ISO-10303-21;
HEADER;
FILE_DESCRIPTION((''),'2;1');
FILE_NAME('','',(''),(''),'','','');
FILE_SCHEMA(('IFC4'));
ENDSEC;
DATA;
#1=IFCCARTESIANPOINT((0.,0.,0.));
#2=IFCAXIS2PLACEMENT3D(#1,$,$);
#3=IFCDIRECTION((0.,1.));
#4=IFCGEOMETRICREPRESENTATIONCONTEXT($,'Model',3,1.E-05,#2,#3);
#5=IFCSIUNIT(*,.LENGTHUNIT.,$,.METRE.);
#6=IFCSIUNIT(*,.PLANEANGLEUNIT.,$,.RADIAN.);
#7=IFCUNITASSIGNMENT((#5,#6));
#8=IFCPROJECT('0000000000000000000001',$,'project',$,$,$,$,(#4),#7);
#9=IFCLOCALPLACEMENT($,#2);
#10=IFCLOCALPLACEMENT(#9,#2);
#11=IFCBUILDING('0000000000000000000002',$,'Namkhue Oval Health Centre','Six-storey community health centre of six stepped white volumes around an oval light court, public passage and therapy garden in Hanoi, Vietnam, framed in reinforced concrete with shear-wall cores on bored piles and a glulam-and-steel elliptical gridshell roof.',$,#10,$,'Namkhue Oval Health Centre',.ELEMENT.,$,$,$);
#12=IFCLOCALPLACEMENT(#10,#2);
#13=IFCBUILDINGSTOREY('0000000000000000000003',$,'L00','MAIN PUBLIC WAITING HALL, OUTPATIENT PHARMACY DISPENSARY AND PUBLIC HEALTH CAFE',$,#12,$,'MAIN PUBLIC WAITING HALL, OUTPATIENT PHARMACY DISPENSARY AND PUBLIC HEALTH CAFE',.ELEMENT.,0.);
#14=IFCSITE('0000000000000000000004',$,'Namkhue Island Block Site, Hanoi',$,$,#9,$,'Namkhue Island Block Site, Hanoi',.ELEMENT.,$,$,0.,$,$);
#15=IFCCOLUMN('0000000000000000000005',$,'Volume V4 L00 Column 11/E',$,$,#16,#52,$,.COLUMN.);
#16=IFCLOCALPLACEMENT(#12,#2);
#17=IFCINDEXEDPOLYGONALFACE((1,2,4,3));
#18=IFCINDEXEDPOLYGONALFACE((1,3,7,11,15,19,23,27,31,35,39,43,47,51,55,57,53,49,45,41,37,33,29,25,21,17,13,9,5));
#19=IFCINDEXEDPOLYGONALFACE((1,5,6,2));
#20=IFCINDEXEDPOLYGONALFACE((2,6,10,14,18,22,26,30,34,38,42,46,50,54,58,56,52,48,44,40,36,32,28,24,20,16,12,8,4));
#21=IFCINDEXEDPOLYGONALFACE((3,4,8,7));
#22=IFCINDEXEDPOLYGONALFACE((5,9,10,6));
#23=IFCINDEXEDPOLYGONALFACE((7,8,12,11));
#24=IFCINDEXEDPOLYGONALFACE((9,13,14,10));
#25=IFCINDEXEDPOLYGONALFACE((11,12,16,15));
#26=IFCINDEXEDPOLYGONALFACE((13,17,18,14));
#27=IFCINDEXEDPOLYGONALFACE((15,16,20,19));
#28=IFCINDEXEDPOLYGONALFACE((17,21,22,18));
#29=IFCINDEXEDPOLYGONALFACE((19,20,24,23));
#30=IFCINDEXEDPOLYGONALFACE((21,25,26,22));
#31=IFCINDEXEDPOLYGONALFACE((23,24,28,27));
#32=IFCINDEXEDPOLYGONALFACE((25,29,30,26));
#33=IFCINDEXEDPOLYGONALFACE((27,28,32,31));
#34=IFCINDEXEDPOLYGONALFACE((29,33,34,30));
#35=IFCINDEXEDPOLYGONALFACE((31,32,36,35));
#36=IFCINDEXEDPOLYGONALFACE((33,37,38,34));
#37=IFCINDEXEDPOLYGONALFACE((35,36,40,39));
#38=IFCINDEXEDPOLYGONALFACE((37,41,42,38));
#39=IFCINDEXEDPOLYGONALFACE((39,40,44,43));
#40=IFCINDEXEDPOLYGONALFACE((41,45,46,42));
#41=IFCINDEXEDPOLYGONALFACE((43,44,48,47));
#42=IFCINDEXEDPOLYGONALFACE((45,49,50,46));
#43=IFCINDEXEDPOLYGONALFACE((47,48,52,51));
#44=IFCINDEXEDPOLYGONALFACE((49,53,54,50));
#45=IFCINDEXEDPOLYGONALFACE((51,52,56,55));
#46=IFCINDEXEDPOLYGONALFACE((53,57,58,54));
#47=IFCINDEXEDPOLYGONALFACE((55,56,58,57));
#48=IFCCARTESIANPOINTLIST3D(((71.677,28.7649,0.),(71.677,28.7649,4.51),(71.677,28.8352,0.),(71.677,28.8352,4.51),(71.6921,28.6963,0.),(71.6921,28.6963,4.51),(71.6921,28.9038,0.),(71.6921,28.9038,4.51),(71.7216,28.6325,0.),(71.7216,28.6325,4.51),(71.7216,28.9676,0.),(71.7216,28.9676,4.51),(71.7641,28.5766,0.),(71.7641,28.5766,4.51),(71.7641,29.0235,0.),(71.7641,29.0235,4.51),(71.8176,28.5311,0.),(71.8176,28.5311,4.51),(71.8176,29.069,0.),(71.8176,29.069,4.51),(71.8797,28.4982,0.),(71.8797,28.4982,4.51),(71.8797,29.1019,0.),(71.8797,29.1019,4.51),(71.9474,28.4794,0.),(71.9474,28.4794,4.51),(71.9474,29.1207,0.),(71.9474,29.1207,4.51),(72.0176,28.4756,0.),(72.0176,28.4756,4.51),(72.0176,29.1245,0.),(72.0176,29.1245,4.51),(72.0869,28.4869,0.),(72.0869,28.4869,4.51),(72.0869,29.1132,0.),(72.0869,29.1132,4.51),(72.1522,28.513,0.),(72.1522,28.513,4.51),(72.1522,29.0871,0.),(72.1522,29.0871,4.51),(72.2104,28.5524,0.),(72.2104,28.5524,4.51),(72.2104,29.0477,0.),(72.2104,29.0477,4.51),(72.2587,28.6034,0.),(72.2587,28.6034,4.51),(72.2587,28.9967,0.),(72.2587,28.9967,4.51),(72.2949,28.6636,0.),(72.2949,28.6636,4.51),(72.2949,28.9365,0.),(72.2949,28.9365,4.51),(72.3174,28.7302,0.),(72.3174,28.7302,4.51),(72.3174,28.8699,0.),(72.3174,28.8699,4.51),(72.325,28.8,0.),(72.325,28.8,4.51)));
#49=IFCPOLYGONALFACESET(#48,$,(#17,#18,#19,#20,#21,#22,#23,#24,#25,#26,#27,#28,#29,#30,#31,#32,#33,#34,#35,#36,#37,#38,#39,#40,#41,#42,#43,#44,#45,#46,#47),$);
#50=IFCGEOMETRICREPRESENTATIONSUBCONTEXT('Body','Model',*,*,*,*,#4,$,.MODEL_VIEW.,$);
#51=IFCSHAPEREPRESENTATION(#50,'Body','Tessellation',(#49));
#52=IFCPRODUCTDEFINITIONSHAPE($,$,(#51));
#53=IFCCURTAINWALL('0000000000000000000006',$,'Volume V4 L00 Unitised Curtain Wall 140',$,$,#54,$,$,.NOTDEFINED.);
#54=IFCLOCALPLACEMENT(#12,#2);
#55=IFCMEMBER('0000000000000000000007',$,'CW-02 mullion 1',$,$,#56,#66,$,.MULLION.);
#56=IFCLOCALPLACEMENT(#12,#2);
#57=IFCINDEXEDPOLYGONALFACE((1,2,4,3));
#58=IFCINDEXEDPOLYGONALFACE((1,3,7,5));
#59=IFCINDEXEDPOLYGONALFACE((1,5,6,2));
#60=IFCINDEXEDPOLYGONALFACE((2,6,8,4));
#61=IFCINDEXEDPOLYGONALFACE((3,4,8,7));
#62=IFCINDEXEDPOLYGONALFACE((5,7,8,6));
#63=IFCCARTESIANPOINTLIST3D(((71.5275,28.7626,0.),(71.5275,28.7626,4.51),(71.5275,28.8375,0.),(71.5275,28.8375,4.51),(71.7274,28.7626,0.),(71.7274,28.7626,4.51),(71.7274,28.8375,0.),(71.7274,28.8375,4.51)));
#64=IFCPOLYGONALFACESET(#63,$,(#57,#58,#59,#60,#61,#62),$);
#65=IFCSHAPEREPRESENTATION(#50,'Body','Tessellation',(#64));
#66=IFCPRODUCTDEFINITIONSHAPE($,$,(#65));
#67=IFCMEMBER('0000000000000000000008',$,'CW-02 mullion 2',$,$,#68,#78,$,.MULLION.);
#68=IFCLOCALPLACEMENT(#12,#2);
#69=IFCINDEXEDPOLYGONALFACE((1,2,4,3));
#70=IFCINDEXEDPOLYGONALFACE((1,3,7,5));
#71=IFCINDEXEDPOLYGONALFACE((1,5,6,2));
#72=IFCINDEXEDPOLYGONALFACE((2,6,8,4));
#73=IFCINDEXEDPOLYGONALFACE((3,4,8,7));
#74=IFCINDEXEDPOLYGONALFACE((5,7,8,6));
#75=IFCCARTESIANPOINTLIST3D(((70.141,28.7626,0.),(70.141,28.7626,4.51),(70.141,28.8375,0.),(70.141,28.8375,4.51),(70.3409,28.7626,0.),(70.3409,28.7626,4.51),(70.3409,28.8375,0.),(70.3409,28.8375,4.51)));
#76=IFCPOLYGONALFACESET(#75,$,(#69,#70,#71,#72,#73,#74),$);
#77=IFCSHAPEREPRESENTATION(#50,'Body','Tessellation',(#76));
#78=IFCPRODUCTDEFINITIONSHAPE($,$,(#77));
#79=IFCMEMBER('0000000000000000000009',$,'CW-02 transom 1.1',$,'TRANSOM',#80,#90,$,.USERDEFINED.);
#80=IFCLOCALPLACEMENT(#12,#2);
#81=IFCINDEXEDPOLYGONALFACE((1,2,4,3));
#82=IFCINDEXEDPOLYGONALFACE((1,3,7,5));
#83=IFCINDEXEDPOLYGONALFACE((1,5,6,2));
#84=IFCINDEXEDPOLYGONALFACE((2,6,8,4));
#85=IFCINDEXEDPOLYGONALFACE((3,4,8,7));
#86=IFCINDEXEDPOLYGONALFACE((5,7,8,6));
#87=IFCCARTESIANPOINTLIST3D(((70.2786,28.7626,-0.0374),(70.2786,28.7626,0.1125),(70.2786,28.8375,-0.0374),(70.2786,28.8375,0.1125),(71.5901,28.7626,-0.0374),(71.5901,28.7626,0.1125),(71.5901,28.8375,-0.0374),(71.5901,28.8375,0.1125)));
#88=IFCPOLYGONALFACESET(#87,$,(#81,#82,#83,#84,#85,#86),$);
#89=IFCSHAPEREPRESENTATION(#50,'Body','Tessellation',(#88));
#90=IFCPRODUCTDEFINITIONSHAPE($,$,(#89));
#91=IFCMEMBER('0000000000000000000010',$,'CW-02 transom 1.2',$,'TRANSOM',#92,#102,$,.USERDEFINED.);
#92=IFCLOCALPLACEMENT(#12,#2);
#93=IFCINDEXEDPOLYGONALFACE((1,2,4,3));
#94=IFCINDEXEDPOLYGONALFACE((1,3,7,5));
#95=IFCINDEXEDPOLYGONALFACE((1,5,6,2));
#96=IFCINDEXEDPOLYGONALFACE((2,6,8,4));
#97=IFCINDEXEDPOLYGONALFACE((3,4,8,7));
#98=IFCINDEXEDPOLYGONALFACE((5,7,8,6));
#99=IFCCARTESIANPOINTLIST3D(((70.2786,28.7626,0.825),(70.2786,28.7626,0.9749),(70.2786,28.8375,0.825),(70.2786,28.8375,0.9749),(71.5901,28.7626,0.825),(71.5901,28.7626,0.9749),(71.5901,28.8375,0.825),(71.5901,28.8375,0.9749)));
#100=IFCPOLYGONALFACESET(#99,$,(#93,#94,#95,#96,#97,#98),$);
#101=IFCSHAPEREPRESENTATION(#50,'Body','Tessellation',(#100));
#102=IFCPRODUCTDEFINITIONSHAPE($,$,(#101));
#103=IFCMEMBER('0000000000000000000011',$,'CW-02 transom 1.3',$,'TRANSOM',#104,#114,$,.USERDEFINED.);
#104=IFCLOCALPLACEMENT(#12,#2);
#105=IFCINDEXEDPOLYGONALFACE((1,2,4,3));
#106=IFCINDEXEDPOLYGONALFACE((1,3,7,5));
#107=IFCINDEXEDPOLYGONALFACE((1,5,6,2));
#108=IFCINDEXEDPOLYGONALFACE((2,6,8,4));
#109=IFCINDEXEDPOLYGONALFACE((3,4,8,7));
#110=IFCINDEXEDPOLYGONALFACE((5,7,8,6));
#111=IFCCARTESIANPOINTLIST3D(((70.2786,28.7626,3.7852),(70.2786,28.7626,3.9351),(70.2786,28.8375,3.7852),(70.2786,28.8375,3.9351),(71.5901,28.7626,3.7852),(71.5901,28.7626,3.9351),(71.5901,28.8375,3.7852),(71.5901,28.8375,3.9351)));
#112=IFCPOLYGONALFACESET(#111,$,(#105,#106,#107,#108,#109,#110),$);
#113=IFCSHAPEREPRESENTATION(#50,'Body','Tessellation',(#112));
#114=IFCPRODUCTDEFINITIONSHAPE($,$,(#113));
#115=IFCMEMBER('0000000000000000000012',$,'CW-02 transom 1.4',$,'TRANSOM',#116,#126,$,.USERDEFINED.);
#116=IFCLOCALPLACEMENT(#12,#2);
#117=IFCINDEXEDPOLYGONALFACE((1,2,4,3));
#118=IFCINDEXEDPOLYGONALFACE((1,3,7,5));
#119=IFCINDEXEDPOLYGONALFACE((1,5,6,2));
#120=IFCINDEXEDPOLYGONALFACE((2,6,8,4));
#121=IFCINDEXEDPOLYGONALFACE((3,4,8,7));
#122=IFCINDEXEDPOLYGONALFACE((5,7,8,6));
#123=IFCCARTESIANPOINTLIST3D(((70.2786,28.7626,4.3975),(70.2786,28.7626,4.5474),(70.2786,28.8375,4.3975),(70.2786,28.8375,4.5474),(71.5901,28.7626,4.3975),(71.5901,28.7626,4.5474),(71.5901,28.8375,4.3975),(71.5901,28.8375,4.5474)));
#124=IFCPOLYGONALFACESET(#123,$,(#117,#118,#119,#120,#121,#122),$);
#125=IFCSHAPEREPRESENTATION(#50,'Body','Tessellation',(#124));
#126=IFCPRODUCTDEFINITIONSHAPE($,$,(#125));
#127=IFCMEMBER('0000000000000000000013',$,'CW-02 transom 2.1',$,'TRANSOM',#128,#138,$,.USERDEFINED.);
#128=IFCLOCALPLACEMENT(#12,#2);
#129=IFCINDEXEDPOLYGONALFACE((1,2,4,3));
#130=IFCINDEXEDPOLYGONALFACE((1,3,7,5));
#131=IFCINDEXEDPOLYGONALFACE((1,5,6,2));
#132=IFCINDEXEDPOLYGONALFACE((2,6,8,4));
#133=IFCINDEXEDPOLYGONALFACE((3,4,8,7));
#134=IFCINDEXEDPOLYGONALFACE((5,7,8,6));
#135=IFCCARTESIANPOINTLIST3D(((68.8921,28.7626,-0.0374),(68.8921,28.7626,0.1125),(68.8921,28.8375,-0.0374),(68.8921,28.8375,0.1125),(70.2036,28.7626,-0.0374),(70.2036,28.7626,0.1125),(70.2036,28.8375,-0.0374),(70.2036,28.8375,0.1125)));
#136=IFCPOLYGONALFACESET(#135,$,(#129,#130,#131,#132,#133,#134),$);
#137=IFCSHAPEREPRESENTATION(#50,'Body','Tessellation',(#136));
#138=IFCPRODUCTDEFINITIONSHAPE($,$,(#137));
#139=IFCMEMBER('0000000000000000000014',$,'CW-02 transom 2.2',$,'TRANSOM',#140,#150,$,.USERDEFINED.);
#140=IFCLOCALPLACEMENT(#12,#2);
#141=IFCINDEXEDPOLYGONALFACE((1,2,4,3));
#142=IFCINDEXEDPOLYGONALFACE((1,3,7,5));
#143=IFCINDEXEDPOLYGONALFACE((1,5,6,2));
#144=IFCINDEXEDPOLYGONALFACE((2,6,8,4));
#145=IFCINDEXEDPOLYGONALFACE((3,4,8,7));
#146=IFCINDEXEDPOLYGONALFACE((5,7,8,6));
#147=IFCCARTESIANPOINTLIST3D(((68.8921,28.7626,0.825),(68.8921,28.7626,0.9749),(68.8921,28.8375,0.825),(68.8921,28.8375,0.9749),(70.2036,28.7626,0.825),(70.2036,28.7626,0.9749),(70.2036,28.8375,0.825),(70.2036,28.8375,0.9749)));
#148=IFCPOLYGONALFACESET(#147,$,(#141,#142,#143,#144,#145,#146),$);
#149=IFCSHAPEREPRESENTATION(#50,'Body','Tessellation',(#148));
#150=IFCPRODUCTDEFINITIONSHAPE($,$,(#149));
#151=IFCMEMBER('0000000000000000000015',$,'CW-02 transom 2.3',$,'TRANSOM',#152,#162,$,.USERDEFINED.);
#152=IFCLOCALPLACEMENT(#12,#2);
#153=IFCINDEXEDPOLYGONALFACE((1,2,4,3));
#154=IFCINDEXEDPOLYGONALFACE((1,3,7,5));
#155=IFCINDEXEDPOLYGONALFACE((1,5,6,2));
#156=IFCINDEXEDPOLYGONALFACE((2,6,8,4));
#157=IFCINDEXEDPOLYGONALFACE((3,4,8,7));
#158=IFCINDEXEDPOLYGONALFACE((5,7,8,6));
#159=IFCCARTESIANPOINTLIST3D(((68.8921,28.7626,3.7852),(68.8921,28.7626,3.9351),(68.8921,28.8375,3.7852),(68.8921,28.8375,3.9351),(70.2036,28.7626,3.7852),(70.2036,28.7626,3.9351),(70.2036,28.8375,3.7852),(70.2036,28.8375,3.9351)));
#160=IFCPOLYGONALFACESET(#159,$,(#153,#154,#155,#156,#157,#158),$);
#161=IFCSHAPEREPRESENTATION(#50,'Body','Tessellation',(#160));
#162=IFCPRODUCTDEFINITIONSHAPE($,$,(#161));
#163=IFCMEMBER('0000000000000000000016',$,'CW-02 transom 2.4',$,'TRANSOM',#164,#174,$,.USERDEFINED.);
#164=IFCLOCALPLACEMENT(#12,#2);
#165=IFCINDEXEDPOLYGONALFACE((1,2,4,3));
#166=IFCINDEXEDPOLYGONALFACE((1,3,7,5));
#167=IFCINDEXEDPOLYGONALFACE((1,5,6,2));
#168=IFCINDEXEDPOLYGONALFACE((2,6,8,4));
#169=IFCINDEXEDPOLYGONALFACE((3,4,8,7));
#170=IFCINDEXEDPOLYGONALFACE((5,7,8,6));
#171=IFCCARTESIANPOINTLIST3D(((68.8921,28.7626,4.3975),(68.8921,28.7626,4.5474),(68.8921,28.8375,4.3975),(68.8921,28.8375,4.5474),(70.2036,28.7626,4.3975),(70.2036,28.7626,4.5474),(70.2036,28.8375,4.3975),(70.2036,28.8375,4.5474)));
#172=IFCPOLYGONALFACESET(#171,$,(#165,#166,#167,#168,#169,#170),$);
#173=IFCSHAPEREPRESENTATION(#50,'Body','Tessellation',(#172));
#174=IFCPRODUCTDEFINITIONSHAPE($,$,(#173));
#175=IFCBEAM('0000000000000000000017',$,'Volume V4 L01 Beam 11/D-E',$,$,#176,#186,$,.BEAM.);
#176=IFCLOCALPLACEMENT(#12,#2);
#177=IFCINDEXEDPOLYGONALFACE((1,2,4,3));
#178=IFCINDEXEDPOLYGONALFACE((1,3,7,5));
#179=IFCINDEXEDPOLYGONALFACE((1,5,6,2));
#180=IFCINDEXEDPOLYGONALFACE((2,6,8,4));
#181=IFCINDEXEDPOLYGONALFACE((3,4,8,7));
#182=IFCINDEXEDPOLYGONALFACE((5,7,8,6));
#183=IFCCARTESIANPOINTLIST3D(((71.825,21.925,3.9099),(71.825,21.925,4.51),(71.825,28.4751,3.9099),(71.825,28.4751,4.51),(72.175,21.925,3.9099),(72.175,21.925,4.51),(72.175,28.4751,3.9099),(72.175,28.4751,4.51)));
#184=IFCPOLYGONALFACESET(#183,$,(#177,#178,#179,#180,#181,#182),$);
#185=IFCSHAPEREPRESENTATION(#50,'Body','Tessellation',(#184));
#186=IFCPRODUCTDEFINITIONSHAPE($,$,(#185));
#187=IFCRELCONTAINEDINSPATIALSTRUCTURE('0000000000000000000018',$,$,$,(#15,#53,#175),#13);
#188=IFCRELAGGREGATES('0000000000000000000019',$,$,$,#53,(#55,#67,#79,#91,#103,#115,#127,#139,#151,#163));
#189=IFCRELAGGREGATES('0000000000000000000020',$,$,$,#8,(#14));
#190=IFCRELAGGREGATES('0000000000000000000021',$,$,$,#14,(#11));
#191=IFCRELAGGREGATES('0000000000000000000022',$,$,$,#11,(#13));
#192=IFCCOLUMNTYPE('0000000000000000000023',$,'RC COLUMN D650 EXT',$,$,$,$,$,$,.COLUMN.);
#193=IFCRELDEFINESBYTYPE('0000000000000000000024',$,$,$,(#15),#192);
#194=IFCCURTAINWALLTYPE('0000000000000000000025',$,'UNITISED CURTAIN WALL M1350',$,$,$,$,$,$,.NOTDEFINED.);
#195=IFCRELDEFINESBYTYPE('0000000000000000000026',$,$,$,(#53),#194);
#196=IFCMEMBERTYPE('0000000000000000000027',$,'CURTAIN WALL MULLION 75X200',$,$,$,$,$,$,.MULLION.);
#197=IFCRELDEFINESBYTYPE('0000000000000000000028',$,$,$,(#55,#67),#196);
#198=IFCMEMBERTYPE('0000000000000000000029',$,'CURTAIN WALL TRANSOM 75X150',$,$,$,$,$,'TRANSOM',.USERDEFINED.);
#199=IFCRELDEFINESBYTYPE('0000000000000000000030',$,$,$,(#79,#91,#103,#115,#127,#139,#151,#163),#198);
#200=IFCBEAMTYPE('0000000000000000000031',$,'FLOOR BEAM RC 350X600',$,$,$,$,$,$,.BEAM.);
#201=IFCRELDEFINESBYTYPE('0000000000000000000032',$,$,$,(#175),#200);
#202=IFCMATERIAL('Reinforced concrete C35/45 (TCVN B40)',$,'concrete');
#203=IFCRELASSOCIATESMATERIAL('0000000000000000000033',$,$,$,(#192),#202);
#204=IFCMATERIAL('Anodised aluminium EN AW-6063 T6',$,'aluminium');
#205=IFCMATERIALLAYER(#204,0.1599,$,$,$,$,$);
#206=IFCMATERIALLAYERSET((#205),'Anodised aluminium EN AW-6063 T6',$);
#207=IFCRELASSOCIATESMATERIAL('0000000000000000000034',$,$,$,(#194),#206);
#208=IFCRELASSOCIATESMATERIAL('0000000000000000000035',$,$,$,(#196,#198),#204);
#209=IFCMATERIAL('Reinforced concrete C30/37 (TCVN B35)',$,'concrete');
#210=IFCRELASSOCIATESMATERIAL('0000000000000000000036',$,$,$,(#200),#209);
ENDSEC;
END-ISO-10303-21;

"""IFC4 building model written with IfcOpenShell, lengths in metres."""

from ifc_helpers import new_model, si_unit, direction, frame, origin, origin_2d, place, context, subcontext, project, spatial, rectangle, circle, extrude, material, layer, layer_set, material_profile, profile_set, type_object, element, aggregate, save


model = new_model("IFC4")

# Units and contexts
model_context = context("Model", 3, precision=1e-05, world=origin(), true_north=direction((0.0, 1.0)))
body_context = subcontext(model_context, "Body", "Model", "MODEL_VIEW")
ifc_project = project(units=[si_unit("LENGTHUNIT", "METRE"), si_unit("PLANEANGLEUNIT", "RADIAN")], contexts=[model_context])

# Site, building, storey
site_placement = place(None, origin())
site = spatial("IfcSite", under=ifc_project, at=site_placement, Name="Namkhue Island Block Site, Hanoi", LongName="Namkhue Island Block Site, Hanoi", CompositionType="ELEMENT", RefElevation=0.0)
building_placement = place(site_placement, origin())
building = spatial("IfcBuilding", under=site, at=building_placement, Name="Namkhue Oval Health Centre", Description="Six-storey community health centre of six stepped white volumes around an oval light court, public passage and therapy garden in Hanoi, Vietnam, framed in reinforced concrete with shear-wall cores on bored piles and a glulam-and-steel elliptical gridshell roof.", LongName="Namkhue Oval Health Centre", CompositionType="ELEMENT")
storey_placement = place(building_placement, origin())
storey = spatial("IfcBuildingStorey", under=building, at=storey_placement, Name="L00", Description="MAIN PUBLIC WAITING HALL, OUTPATIENT PHARMACY DISPENSARY AND PUBLIC HEALTH CAFE", LongName="MAIN PUBLIC WAITING HALL, OUTPATIENT PHARMACY DISPENSARY AND PUBLIC HEALTH CAFE", CompositionType="ELEMENT", Elevation=0.0)

# Shared definitions
ifc_material_1 = material(Name="Reinforced concrete C30/37 (TCVN B35)", Category="concrete")

# Column
ifc_material_2 = material(Name="Reinforced concrete C35/45 (TCVN B40)", Category="concrete")
ifc_material_profile_1 = material_profile(ifc_material_2, circle(Radius=0.325, at=origin_2d()), Name="RC D650")
ifc_profile_set_1 = profile_set([ifc_material_profile_1], Name="Reinforced concrete C35/45 (TCVN B40)")
column_type_1 = type_object("IfcColumnType", Name="RC COLUMN D650 EXT", PredefinedType="COLUMN", material=ifc_profile_set_1)
column_1_placement = place(storey_placement, frame((72.0, 28.8, 0.0), z_axis=(0.0, 0.0, 1.0), x_axis=(1.0, 0.0, 0.0)))
element("IfcColumn", 1, at=column_1_placement, inside=storey, type_object=column_type_1, Name="Volume V4 L00 Column 11/E", PredefinedType="COLUMN", context=body_context, shape_type="SweptSolid", body=[
    extrude(circle(Radius=0.325, at=origin_2d()), origin(), (0.0, 0.0, 1.0), 4.51),
])

# Curtain wall, members
ifc_material_3 = material(Name="Anodised aluminium EN AW-6063 T6", Category="aluminium")
ifc_layer_1 = layer(ifc_material_3, 0.1599)
ifc_layer_set_1 = layer_set([ifc_layer_1], Name="Anodised aluminium EN AW-6063 T6")
curtain_wall_type = type_object("IfcCurtainWallType", Name="UNITISED CURTAIN WALL M1350", PredefinedType="NOTDEFINED", material=ifc_layer_set_1)
curtain_wall_placement = place(storey_placement, origin())
curtain_wall = element("IfcCurtainWall", 2, at=curtain_wall_placement, inside=storey, type_object=curtain_wall_type, Name="Volume V4 L00 Unitised Curtain Wall 140", PredefinedType="NOTDEFINED")
ifc_material_profile_2 = material_profile(ifc_material_3, rectangle(XDim=0.075, YDim=0.2, at=origin_2d()), Name="ALU 75x200")
ifc_profile_set_2 = profile_set([ifc_material_profile_2], Name="Anodised aluminium EN AW-6063 T6")
member_type_1 = type_object("IfcMemberType", Name="CURTAIN WALL MULLION 75X200", PredefinedType="MULLION", material=ifc_profile_set_2)
member_1_placement = place(storey_placement, frame((71.6274, 28.8, 0.0), z_axis=(0.0, 0.0, 1.0), x_axis=(0.0, -1.0, 0.0)))
member_1 = element("IfcMember", 3, at=member_1_placement, type_object=member_type_1, Name="CW-02 mullion 1", PredefinedType="MULLION", context=body_context, shape_type="SweptSolid", body=[
    extrude(rectangle(XDim=0.075, YDim=0.2, at=origin_2d()), origin(), (0.0, 0.0, 1.0), 4.51),
])
member_2_placement = place(storey_placement, frame((70.241, 28.8, 0.0), z_axis=(0.0, 0.0, 1.0), x_axis=(0.0, -1.0, 0.0)))
member_2 = element("IfcMember", 4, at=member_2_placement, type_object=member_type_1, Name="CW-02 mullion 2", PredefinedType="MULLION", context=body_context, shape_type="SweptSolid", body=[
    extrude(rectangle(XDim=0.075, YDim=0.2, at=origin_2d()), origin(), (0.0, 0.0, 1.0), 4.51),
])
ifc_material_profile_3 = material_profile(ifc_material_3, rectangle(XDim=0.075, YDim=0.1499, at=origin_2d()), Name="ALU 75x150")
ifc_profile_set_3 = profile_set([ifc_material_profile_3], Name="Anodised aluminium EN AW-6063 T6")
member_type_2 = type_object("IfcMemberType", Name="CURTAIN WALL TRANSOM 75X150", ElementType="TRANSOM", PredefinedType="USERDEFINED", material=ifc_profile_set_3)
member_3_placement = place(storey_placement, frame((71.5901, 28.8, 0.0376), z_axis=(-1.0, 0.0, 0.0), x_axis=(0.0, -1.0, 0.0)))
member_3 = element("IfcMember", 5, at=member_3_placement, type_object=member_type_2, Name="CW-02 transom 1.1", ObjectType="TRANSOM", PredefinedType="USERDEFINED", context=body_context, shape_type="SweptSolid", body=[
    extrude(rectangle(XDim=0.075, YDim=0.1499, at=origin_2d()), origin(), (0.0, 0.0, 1.0), 1.3115),
])
member_4_placement = place(storey_placement, frame((71.5901, 28.8, 0.8999), z_axis=(-1.0, 0.0, 0.0), x_axis=(0.0, -1.0, 0.0)))
member_4 = element("IfcMember", 6, at=member_4_placement, type_object=member_type_2, Name="CW-02 transom 1.2", ObjectType="TRANSOM", PredefinedType="USERDEFINED", context=body_context, shape_type="SweptSolid", body=[
    extrude(rectangle(XDim=0.075, YDim=0.1499, at=origin_2d()), origin(), (0.0, 0.0, 1.0), 1.3115),
])
member_5_placement = place(storey_placement, frame((71.5901, 28.8, 3.8601), z_axis=(-1.0, 0.0, 0.0), x_axis=(0.0, -1.0, 0.0)))
member_5 = element("IfcMember", 7, at=member_5_placement, type_object=member_type_2, Name="CW-02 transom 1.3", ObjectType="TRANSOM", PredefinedType="USERDEFINED", context=body_context, shape_type="SweptSolid", body=[
    extrude(rectangle(XDim=0.075, YDim=0.1499, at=origin_2d()), origin(), (0.0, 0.0, 1.0), 1.3115),
])
member_6_placement = place(storey_placement, frame((71.5901, 28.8, 4.4724), z_axis=(-1.0, 0.0, 0.0), x_axis=(0.0, -1.0, 0.0)))
member_6 = element("IfcMember", 8, at=member_6_placement, type_object=member_type_2, Name="CW-02 transom 1.4", ObjectType="TRANSOM", PredefinedType="USERDEFINED", context=body_context, shape_type="SweptSolid", body=[
    extrude(rectangle(XDim=0.075, YDim=0.1499, at=origin_2d()), origin(), (0.0, 0.0, 1.0), 1.3115),
])
member_7_placement = place(storey_placement, frame((70.2036, 28.8, 0.0376), z_axis=(-1.0, 0.0, 0.0), x_axis=(0.0, -1.0, 0.0)))
member_7 = element("IfcMember", 9, at=member_7_placement, type_object=member_type_2, Name="CW-02 transom 2.1", ObjectType="TRANSOM", PredefinedType="USERDEFINED", context=body_context, shape_type="SweptSolid", body=[
    extrude(rectangle(XDim=0.075, YDim=0.1499, at=origin_2d()), origin(), (0.0, 0.0, 1.0), 1.3115),
])
member_8_placement = place(storey_placement, frame((70.2036, 28.8, 0.8999), z_axis=(-1.0, 0.0, 0.0), x_axis=(0.0, -1.0, 0.0)))
member_8 = element("IfcMember", 10, at=member_8_placement, type_object=member_type_2, Name="CW-02 transom 2.2", ObjectType="TRANSOM", PredefinedType="USERDEFINED", context=body_context, shape_type="SweptSolid", body=[
    extrude(rectangle(XDim=0.075, YDim=0.1499, at=origin_2d()), origin(), (0.0, 0.0, 1.0), 1.3115),
])
member_9_placement = place(storey_placement, frame((70.2036, 28.8, 3.8601), z_axis=(-1.0, 0.0, 0.0), x_axis=(0.0, -1.0, 0.0)))
member_9 = element("IfcMember", 11, at=member_9_placement, type_object=member_type_2, Name="CW-02 transom 2.3", ObjectType="TRANSOM", PredefinedType="USERDEFINED", context=body_context, shape_type="SweptSolid", body=[
    extrude(rectangle(XDim=0.075, YDim=0.1499, at=origin_2d()), origin(), (0.0, 0.0, 1.0), 1.3115),
])
member_10_placement = place(storey_placement, frame((70.2036, 28.8, 4.4724), z_axis=(-1.0, 0.0, 0.0), x_axis=(0.0, -1.0, 0.0)))
member_10 = element("IfcMember", 12, at=member_10_placement, type_object=member_type_2, Name="CW-02 transom 2.4", ObjectType="TRANSOM", PredefinedType="USERDEFINED", context=body_context, shape_type="SweptSolid", body=[
    extrude(rectangle(XDim=0.075, YDim=0.1499, at=origin_2d()), origin(), (0.0, 0.0, 1.0), 1.3115),
])

# Beam
ifc_material_profile_4 = material_profile(ifc_material_1, rectangle(XDim=0.3501, YDim=0.6001, at=origin_2d()), Name="RC 350x600")
ifc_profile_set_4 = profile_set([ifc_material_profile_4], Name="Reinforced concrete C30/37 (TCVN B35)")
beam_type_1 = type_object("IfcBeamType", Name="FLOOR BEAM RC 350X600", PredefinedType="BEAM", material=ifc_profile_set_4)
beam_1_placement = place(storey_placement, frame((72.0, 21.925, 4.21), z_axis=(0.0, 1.0, 0.0), x_axis=(-1.0, 0.0, 0.0)))
element("IfcBeam", 13, at=beam_1_placement, inside=storey, type_object=beam_type_1, Name="Volume V4 L01 Beam 11/D-E", PredefinedType="BEAM", context=body_context, shape_type="SweptSolid", body=[
    extrude(rectangle(XDim=0.3501, YDim=0.6001, at=origin_2d()), origin(), (0.0, 0.0, 1.0), 6.55),
])

aggregate(curtain_wall, [member_1, member_2, member_3, member_4, member_5, member_6, member_7, member_8, member_9, member_10])

save(model, "model.ifc")
